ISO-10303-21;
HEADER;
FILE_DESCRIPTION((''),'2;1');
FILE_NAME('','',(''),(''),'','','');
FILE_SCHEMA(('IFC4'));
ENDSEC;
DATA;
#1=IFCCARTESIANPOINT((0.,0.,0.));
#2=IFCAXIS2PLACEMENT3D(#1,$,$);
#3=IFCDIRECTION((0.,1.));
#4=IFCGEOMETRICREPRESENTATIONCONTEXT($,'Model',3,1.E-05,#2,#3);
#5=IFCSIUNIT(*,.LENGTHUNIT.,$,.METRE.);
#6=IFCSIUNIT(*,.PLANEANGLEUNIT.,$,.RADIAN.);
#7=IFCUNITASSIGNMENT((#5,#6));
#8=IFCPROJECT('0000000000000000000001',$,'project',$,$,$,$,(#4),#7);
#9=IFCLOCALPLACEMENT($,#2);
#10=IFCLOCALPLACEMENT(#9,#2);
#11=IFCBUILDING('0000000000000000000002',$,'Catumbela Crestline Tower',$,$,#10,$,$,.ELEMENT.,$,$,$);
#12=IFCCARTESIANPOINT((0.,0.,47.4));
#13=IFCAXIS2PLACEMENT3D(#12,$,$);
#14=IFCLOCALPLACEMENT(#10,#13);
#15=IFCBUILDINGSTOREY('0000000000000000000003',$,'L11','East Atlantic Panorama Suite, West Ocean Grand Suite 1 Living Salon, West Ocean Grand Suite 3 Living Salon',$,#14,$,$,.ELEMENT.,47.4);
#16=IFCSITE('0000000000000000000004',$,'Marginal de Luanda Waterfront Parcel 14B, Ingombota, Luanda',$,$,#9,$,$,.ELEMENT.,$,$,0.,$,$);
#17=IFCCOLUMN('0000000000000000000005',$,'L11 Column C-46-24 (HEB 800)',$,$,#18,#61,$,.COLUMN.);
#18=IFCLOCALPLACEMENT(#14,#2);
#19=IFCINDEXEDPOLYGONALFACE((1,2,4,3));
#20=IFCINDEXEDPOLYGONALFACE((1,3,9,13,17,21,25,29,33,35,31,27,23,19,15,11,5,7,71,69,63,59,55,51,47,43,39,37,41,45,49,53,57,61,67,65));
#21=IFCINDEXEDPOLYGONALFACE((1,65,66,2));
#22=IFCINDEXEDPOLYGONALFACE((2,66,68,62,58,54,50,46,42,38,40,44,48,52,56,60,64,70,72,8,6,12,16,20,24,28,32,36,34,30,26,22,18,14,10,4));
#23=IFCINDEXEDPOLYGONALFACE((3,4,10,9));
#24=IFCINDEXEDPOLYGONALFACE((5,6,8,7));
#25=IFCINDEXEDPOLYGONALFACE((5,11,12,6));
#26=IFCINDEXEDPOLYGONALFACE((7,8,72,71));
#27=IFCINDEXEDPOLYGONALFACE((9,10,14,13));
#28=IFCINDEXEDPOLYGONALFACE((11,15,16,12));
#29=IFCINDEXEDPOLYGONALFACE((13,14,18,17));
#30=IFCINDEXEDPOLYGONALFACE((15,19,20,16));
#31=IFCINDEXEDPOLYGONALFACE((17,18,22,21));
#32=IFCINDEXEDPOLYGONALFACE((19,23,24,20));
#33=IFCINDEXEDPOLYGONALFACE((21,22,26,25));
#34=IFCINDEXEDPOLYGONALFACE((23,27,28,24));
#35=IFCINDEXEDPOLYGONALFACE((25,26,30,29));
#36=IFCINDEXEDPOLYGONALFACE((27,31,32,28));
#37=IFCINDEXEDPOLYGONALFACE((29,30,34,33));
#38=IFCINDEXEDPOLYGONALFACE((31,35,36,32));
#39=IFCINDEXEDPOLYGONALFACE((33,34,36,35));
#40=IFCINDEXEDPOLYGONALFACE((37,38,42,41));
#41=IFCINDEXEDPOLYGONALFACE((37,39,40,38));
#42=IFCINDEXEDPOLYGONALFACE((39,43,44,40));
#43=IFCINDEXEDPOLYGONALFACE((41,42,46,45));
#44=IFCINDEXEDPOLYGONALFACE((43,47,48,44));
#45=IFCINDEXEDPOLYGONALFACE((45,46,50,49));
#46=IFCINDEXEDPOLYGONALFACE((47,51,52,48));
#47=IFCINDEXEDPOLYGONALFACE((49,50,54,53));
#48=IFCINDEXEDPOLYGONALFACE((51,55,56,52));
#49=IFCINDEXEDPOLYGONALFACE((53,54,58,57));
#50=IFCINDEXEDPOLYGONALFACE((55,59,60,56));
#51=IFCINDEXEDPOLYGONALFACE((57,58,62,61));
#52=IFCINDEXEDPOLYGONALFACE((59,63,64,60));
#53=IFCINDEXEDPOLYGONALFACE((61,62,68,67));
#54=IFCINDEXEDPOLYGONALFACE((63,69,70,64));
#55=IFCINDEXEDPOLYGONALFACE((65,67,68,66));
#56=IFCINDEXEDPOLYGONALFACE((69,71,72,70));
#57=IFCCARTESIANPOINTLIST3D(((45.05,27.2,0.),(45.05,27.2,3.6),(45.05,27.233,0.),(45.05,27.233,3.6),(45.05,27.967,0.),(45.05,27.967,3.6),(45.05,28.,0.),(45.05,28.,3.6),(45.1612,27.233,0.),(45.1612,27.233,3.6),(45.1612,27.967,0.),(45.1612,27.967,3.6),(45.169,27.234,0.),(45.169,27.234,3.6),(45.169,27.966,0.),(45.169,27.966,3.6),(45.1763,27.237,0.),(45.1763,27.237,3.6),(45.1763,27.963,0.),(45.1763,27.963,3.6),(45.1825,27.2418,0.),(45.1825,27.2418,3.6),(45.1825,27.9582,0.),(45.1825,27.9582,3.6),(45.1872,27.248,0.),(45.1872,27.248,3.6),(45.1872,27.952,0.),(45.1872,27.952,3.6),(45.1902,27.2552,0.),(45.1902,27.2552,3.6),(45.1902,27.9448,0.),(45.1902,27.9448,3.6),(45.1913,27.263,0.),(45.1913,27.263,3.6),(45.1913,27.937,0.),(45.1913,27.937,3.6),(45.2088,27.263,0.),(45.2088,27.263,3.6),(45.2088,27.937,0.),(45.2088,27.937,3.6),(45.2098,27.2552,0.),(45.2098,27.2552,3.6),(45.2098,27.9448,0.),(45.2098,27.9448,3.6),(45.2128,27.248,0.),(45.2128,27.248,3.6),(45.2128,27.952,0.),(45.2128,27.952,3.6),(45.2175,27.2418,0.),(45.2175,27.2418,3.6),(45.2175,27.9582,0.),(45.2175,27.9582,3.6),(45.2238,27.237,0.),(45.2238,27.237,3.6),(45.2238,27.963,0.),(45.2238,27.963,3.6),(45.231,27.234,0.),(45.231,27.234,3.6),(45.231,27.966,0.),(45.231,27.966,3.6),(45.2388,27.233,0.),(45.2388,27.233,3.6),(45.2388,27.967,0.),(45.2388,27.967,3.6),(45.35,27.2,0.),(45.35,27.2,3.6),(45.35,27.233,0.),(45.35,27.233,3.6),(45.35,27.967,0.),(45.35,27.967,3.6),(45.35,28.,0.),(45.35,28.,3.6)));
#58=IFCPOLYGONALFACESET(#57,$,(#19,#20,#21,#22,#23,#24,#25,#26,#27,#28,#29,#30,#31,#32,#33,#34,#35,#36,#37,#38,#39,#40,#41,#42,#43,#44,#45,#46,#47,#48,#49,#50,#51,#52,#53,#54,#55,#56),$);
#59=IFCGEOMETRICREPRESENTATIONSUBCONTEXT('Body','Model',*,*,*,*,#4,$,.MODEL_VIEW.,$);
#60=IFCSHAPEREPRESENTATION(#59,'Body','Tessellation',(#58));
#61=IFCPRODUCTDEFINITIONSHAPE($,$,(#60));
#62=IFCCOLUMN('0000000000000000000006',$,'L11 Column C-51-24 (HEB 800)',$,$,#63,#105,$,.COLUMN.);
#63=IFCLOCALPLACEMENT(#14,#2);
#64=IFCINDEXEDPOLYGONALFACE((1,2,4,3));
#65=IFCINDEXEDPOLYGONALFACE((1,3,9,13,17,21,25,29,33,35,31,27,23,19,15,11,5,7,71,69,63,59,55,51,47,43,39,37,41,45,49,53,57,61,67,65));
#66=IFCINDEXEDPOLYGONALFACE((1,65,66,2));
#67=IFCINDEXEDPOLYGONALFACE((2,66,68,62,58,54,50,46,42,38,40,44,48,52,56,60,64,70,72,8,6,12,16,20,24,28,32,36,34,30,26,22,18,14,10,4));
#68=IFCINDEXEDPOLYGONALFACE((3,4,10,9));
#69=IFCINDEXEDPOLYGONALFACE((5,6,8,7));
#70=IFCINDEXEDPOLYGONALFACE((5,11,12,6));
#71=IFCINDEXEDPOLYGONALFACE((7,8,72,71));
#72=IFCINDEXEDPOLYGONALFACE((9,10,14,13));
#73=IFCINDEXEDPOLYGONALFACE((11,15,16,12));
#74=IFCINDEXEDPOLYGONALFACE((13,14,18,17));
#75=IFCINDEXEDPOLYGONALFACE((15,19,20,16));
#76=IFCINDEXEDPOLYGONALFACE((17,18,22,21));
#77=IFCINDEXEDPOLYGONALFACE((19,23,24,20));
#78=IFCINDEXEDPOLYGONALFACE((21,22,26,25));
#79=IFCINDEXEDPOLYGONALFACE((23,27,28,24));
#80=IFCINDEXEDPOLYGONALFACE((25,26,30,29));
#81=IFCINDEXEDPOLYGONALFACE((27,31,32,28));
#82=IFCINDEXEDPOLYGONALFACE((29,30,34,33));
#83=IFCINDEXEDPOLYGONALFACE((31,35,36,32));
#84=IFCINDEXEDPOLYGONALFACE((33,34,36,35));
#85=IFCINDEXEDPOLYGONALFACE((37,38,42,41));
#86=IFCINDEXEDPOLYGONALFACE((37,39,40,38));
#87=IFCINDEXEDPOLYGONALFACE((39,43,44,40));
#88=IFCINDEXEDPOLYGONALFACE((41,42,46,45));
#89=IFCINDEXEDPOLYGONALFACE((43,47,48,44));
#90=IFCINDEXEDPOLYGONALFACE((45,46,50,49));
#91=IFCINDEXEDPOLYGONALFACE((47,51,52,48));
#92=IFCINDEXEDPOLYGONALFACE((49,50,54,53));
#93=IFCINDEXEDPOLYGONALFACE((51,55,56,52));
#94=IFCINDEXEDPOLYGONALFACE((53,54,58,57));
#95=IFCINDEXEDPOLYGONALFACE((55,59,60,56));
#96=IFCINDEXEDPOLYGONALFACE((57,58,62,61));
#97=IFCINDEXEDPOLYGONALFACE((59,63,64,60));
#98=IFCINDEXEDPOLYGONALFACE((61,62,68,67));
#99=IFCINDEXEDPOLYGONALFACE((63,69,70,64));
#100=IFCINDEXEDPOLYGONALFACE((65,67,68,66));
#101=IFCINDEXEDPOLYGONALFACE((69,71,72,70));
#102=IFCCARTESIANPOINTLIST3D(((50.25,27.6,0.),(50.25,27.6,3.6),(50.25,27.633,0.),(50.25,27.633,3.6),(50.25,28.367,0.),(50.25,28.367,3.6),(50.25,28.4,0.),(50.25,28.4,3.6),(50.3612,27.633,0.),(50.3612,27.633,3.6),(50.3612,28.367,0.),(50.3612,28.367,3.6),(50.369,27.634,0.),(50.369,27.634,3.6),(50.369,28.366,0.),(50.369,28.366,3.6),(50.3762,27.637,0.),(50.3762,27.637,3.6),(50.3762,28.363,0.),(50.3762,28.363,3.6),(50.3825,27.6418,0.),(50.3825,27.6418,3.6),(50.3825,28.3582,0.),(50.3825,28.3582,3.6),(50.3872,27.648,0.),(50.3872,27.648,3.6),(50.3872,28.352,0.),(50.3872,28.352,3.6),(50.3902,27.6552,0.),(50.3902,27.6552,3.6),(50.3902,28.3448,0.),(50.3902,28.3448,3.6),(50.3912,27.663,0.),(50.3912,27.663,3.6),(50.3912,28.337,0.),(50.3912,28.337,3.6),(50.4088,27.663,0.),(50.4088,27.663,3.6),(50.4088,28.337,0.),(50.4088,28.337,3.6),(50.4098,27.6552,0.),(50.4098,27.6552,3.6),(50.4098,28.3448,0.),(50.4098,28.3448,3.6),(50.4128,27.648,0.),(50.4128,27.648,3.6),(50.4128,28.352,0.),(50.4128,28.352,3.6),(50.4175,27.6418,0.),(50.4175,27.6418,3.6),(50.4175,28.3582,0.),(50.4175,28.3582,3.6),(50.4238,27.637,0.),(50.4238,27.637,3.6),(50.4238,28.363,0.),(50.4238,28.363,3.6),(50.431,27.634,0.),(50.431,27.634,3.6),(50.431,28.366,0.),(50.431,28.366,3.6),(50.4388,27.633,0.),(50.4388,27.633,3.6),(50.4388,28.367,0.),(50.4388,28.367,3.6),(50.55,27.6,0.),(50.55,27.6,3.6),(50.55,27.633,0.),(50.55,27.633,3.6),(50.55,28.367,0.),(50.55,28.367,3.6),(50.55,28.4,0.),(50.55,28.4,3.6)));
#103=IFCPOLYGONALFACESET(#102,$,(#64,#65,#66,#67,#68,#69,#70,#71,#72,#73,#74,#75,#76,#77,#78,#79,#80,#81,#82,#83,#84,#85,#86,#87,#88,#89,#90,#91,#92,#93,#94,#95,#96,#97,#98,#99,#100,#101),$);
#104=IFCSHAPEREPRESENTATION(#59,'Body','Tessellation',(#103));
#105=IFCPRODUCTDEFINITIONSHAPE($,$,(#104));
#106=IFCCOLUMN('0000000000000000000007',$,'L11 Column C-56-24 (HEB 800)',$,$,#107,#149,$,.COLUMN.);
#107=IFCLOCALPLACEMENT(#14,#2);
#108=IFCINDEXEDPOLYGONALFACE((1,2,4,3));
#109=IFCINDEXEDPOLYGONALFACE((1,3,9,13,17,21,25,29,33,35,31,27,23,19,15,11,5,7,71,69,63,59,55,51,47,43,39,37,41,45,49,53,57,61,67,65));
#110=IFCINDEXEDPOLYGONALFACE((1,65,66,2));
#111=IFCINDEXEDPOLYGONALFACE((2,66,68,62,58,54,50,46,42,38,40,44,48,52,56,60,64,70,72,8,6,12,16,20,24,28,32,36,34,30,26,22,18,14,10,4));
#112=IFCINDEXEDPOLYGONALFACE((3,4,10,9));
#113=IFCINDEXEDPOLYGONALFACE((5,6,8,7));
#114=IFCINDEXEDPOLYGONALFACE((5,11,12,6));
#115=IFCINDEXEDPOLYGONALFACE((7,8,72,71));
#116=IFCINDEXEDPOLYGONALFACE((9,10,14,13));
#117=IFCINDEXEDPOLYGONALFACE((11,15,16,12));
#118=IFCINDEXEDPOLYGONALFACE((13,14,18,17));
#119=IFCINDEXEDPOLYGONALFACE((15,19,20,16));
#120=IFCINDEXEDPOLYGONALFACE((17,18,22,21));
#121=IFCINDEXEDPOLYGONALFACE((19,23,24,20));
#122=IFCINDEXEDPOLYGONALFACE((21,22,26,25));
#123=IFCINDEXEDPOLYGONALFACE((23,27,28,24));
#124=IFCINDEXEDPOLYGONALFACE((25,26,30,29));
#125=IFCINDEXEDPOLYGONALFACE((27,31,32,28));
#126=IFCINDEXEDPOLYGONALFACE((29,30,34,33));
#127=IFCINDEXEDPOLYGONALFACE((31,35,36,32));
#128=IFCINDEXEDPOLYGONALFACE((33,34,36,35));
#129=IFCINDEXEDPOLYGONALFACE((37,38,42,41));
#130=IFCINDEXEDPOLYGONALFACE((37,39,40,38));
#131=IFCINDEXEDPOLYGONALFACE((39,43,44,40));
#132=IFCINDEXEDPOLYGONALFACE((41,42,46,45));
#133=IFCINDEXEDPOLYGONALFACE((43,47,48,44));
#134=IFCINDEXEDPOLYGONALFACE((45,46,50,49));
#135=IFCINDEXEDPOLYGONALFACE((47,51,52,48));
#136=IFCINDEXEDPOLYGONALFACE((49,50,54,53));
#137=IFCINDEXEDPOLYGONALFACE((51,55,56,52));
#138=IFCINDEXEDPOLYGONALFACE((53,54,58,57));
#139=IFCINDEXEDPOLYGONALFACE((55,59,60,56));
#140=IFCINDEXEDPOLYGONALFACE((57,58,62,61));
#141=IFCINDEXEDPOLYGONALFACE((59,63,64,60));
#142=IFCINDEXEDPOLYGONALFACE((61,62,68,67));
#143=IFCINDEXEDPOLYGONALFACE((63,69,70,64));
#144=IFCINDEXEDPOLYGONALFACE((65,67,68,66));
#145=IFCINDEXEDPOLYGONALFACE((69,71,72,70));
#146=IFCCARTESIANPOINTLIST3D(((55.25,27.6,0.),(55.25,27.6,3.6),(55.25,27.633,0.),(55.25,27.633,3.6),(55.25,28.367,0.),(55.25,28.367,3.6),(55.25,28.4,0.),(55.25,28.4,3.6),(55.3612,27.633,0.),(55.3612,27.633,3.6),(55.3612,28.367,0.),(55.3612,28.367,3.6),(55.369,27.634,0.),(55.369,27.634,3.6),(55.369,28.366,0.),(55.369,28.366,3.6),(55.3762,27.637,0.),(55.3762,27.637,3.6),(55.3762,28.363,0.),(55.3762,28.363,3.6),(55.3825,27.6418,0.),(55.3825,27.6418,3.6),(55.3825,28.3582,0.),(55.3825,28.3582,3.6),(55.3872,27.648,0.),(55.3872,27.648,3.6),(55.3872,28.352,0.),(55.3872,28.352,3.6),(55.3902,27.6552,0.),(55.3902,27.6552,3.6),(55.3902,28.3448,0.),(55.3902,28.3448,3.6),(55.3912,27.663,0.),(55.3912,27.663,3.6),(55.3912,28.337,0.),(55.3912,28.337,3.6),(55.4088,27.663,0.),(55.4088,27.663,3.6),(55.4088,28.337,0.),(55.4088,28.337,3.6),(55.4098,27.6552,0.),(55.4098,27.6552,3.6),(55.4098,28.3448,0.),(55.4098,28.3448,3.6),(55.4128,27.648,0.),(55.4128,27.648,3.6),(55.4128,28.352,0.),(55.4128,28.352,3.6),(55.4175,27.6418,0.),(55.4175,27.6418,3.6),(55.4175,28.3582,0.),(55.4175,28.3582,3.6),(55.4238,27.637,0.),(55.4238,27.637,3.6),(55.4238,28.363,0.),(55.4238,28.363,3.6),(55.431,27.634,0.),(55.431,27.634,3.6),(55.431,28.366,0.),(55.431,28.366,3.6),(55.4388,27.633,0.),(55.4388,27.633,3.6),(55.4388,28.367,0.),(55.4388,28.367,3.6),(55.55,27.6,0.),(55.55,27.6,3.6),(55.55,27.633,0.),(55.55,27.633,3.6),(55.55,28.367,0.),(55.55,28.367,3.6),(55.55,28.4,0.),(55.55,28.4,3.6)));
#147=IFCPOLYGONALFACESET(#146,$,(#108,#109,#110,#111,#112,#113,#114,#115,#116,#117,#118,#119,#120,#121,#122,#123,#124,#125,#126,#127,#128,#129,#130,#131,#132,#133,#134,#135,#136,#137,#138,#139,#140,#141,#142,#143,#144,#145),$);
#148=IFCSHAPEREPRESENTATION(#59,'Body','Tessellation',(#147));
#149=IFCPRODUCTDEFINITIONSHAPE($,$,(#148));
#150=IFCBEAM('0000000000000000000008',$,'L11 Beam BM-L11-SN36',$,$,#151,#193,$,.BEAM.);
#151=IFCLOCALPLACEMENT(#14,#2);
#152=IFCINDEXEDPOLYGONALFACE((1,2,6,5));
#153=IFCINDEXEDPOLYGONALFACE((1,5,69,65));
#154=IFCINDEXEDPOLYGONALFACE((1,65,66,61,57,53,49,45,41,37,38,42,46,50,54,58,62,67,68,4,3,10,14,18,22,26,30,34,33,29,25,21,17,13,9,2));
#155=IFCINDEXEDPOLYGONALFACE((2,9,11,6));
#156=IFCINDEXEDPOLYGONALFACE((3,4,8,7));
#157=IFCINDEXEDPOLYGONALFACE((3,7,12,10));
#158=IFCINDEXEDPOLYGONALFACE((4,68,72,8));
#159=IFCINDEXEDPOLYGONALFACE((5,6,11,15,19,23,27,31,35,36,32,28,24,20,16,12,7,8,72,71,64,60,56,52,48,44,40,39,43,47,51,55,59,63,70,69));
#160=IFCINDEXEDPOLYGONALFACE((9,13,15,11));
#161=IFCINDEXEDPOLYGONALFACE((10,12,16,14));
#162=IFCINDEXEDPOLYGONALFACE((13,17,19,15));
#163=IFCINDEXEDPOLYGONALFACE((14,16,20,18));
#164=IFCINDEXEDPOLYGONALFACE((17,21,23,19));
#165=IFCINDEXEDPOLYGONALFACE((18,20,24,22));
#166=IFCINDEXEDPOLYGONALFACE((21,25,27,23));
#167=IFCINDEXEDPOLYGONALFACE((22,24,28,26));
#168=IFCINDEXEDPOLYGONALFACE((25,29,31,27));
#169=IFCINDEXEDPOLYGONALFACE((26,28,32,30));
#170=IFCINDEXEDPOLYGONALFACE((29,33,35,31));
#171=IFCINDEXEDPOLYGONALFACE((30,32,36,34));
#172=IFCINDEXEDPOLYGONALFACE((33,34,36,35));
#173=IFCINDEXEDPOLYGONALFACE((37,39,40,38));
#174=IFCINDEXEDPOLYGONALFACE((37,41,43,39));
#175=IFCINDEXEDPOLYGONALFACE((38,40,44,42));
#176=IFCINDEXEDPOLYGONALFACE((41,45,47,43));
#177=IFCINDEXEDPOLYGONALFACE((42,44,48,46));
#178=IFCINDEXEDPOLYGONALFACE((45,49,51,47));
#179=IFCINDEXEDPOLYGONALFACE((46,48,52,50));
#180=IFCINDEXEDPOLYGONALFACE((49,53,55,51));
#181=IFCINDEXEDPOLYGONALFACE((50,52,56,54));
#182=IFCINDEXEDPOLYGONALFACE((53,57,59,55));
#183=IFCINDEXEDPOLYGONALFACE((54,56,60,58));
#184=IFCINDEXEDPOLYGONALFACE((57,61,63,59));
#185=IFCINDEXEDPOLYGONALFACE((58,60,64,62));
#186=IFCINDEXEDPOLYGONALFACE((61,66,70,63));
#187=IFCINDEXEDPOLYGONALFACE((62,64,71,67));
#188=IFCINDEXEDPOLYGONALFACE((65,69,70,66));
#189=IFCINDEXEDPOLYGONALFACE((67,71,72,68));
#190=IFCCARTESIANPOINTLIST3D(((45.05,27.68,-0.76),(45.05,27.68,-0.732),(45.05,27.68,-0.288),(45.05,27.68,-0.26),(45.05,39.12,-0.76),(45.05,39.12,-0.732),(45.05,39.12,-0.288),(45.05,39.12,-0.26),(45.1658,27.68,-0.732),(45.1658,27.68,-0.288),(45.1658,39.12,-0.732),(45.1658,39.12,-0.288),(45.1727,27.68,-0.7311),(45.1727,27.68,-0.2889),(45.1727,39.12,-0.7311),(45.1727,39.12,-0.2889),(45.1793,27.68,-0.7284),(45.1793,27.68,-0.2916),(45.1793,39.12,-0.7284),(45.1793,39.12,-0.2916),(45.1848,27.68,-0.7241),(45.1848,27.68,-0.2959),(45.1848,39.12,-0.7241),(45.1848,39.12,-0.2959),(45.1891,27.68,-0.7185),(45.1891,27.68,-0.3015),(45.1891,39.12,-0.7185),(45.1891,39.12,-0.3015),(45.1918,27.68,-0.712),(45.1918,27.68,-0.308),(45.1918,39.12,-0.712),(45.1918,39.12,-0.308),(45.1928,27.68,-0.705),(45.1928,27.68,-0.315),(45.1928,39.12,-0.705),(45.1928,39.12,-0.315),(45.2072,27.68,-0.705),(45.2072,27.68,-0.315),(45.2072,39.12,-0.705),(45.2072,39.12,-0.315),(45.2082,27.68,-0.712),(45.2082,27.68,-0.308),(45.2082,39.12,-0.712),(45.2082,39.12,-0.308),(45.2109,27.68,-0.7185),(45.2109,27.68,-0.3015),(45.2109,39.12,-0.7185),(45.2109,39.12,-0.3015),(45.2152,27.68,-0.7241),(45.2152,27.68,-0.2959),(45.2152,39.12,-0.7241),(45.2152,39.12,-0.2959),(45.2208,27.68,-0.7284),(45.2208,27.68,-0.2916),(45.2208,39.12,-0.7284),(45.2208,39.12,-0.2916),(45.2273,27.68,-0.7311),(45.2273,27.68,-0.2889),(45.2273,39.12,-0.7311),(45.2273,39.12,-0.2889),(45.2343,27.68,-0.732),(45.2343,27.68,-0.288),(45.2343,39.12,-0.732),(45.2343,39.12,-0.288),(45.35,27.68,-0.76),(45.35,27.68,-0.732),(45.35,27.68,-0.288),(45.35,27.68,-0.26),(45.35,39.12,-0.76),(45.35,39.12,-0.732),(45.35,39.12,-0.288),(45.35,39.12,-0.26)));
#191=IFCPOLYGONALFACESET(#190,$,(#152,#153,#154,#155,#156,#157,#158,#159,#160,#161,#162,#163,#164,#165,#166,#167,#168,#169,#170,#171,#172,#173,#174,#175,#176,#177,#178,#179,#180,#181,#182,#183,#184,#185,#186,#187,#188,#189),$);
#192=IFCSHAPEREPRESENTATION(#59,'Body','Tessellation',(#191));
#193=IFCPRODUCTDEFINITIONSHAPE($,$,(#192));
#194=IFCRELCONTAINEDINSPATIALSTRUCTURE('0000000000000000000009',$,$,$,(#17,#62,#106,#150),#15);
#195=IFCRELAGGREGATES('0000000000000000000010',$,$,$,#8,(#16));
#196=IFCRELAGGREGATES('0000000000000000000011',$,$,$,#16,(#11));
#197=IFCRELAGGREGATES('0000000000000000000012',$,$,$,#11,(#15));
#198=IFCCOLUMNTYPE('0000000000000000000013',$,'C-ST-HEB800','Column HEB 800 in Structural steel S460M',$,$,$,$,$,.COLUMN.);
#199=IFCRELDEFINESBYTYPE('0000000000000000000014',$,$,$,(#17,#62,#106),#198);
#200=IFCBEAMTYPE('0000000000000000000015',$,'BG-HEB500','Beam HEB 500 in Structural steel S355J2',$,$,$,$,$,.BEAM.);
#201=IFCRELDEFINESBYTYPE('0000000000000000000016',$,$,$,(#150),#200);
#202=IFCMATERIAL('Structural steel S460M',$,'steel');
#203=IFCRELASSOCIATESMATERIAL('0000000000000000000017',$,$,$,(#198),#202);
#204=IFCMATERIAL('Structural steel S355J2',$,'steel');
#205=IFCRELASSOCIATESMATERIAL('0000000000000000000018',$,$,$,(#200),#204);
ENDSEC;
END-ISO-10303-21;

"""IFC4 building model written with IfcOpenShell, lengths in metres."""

from ifc_helpers import new_model, si_unit, direction, frame, origin, origin_2d, place, context, subcontext, project, spatial, i_section, extrude, material, material_profile, profile_set, type_object, element, save


model = new_model("IFC4")

# Units and contexts
model_context = context("Model", 3, precision=1e-05, world=origin(), true_north=direction((0.0, 1.0)))
body_context = subcontext(model_context, "Body", "Model", "MODEL_VIEW")
ifc_project = project(units=[si_unit("LENGTHUNIT", "METRE"), si_unit("PLANEANGLEUNIT", "RADIAN")], contexts=[model_context])

# Site, building, storey
site_placement = place(None, origin())
site = spatial("IfcSite", under=ifc_project, at=site_placement, Name="Marginal de Luanda Waterfront Parcel 14B, Ingombota, Luanda", CompositionType="ELEMENT", RefElevation=0.0)
building_placement = place(site_placement, origin())
building = spatial("IfcBuilding", under=site, at=building_placement, Name="Catumbela Crestline Tower", CompositionType="ELEMENT")
storey_placement = place(building_placement, frame((0.0, 0.0, 47.4)))
storey = spatial("IfcBuildingStorey", under=building, at=storey_placement, Name="L11", Description="East Atlantic Panorama Suite, West Ocean Grand Suite 1 Living Salon, West Ocean Grand Suite 3 Living Salon", CompositionType="ELEMENT", Elevation=47.4)

# Columns
ifc_material_1 = material(Name="Structural steel S460M", Category="steel")
ifc_material_profile_1 = material_profile(ifc_material_1, i_section(OverallWidth=0.3, OverallDepth=0.8, WebThickness=0.0175, FlangeThickness=0.033, FilletRadius=0.03, at=origin_2d()), Name="HEB 800")
ifc_profile_set_1 = profile_set([ifc_material_profile_1], Name="Structural steel S460M")
column_type = type_object("IfcColumnType", Name="C-ST-HEB800", Description="Column HEB 800 in Structural steel S460M", PredefinedType="COLUMN", material=ifc_profile_set_1)
for number, where, z_axis, x_axis, name in (
    (1, (45.2, 27.6, 0.0), (0.0, 0.0, 1.0), (1.0, 0.0, 0.0), "L11 Column C-46-24 (HEB 800)"),
    (2, (50.4, 28.0, 0.0), (0.0, 0.0, 1.0), (1.0, 0.0, 0.0), "L11 Column C-51-24 (HEB 800)"),
    (3, (55.4, 28.0, 0.0), (0.0, 0.0, 1.0), (1.0, 0.0, 0.0), "L11 Column C-56-24 (HEB 800)"),
):
    element("IfcColumn", number, at=place(storey_placement, frame(where, z_axis=z_axis, x_axis=x_axis)), inside=storey, type_object=column_type, Name=name, PredefinedType="COLUMN", context=body_context, shape_type="SweptSolid", body=[
        extrude(i_section(OverallWidth=0.3, OverallDepth=0.8, WebThickness=0.0175, FlangeThickness=0.033, FilletRadius=0.03, at=origin_2d()), origin(), (0.0, 0.0, 1.0), 3.6),
    ])

# Beam
ifc_material_2 = material(Name="Structural steel S355J2", Category="steel")
ifc_material_profile_2 = material_profile(ifc_material_2, i_section(OverallWidth=0.3, OverallDepth=0.5, WebThickness=0.0145, FlangeThickness=0.028, FilletRadius=0.027, at=origin_2d()), Name="HEB 500")
ifc_profile_set_2 = profile_set([ifc_material_profile_2], Name="Structural steel S355J2")
beam_type_1 = type_object("IfcBeamType", Name="BG-HEB500", Description="Beam HEB 500 in Structural steel S355J2", PredefinedType="BEAM", material=ifc_profile_set_2)
beam_1_placement = place(storey_placement, frame((45.2, 27.68, -0.51), z_axis=(0.0, 1.0, 0.0), x_axis=(-1.0, 0.0, 0.0)))
element("IfcBeam", 4, at=beam_1_placement, inside=storey, type_object=beam_type_1, Name="L11 Beam BM-L11-SN36", PredefinedType="BEAM", context=body_context, shape_type="SweptSolid", body=[
    extrude(i_section(OverallWidth=0.3, OverallDepth=0.5, WebThickness=0.0145, FlangeThickness=0.028, FilletRadius=0.027, at=origin_2d()), origin(), (0.0, 0.0, 1.0), 11.44),
])

save(model, "model.ifc")
